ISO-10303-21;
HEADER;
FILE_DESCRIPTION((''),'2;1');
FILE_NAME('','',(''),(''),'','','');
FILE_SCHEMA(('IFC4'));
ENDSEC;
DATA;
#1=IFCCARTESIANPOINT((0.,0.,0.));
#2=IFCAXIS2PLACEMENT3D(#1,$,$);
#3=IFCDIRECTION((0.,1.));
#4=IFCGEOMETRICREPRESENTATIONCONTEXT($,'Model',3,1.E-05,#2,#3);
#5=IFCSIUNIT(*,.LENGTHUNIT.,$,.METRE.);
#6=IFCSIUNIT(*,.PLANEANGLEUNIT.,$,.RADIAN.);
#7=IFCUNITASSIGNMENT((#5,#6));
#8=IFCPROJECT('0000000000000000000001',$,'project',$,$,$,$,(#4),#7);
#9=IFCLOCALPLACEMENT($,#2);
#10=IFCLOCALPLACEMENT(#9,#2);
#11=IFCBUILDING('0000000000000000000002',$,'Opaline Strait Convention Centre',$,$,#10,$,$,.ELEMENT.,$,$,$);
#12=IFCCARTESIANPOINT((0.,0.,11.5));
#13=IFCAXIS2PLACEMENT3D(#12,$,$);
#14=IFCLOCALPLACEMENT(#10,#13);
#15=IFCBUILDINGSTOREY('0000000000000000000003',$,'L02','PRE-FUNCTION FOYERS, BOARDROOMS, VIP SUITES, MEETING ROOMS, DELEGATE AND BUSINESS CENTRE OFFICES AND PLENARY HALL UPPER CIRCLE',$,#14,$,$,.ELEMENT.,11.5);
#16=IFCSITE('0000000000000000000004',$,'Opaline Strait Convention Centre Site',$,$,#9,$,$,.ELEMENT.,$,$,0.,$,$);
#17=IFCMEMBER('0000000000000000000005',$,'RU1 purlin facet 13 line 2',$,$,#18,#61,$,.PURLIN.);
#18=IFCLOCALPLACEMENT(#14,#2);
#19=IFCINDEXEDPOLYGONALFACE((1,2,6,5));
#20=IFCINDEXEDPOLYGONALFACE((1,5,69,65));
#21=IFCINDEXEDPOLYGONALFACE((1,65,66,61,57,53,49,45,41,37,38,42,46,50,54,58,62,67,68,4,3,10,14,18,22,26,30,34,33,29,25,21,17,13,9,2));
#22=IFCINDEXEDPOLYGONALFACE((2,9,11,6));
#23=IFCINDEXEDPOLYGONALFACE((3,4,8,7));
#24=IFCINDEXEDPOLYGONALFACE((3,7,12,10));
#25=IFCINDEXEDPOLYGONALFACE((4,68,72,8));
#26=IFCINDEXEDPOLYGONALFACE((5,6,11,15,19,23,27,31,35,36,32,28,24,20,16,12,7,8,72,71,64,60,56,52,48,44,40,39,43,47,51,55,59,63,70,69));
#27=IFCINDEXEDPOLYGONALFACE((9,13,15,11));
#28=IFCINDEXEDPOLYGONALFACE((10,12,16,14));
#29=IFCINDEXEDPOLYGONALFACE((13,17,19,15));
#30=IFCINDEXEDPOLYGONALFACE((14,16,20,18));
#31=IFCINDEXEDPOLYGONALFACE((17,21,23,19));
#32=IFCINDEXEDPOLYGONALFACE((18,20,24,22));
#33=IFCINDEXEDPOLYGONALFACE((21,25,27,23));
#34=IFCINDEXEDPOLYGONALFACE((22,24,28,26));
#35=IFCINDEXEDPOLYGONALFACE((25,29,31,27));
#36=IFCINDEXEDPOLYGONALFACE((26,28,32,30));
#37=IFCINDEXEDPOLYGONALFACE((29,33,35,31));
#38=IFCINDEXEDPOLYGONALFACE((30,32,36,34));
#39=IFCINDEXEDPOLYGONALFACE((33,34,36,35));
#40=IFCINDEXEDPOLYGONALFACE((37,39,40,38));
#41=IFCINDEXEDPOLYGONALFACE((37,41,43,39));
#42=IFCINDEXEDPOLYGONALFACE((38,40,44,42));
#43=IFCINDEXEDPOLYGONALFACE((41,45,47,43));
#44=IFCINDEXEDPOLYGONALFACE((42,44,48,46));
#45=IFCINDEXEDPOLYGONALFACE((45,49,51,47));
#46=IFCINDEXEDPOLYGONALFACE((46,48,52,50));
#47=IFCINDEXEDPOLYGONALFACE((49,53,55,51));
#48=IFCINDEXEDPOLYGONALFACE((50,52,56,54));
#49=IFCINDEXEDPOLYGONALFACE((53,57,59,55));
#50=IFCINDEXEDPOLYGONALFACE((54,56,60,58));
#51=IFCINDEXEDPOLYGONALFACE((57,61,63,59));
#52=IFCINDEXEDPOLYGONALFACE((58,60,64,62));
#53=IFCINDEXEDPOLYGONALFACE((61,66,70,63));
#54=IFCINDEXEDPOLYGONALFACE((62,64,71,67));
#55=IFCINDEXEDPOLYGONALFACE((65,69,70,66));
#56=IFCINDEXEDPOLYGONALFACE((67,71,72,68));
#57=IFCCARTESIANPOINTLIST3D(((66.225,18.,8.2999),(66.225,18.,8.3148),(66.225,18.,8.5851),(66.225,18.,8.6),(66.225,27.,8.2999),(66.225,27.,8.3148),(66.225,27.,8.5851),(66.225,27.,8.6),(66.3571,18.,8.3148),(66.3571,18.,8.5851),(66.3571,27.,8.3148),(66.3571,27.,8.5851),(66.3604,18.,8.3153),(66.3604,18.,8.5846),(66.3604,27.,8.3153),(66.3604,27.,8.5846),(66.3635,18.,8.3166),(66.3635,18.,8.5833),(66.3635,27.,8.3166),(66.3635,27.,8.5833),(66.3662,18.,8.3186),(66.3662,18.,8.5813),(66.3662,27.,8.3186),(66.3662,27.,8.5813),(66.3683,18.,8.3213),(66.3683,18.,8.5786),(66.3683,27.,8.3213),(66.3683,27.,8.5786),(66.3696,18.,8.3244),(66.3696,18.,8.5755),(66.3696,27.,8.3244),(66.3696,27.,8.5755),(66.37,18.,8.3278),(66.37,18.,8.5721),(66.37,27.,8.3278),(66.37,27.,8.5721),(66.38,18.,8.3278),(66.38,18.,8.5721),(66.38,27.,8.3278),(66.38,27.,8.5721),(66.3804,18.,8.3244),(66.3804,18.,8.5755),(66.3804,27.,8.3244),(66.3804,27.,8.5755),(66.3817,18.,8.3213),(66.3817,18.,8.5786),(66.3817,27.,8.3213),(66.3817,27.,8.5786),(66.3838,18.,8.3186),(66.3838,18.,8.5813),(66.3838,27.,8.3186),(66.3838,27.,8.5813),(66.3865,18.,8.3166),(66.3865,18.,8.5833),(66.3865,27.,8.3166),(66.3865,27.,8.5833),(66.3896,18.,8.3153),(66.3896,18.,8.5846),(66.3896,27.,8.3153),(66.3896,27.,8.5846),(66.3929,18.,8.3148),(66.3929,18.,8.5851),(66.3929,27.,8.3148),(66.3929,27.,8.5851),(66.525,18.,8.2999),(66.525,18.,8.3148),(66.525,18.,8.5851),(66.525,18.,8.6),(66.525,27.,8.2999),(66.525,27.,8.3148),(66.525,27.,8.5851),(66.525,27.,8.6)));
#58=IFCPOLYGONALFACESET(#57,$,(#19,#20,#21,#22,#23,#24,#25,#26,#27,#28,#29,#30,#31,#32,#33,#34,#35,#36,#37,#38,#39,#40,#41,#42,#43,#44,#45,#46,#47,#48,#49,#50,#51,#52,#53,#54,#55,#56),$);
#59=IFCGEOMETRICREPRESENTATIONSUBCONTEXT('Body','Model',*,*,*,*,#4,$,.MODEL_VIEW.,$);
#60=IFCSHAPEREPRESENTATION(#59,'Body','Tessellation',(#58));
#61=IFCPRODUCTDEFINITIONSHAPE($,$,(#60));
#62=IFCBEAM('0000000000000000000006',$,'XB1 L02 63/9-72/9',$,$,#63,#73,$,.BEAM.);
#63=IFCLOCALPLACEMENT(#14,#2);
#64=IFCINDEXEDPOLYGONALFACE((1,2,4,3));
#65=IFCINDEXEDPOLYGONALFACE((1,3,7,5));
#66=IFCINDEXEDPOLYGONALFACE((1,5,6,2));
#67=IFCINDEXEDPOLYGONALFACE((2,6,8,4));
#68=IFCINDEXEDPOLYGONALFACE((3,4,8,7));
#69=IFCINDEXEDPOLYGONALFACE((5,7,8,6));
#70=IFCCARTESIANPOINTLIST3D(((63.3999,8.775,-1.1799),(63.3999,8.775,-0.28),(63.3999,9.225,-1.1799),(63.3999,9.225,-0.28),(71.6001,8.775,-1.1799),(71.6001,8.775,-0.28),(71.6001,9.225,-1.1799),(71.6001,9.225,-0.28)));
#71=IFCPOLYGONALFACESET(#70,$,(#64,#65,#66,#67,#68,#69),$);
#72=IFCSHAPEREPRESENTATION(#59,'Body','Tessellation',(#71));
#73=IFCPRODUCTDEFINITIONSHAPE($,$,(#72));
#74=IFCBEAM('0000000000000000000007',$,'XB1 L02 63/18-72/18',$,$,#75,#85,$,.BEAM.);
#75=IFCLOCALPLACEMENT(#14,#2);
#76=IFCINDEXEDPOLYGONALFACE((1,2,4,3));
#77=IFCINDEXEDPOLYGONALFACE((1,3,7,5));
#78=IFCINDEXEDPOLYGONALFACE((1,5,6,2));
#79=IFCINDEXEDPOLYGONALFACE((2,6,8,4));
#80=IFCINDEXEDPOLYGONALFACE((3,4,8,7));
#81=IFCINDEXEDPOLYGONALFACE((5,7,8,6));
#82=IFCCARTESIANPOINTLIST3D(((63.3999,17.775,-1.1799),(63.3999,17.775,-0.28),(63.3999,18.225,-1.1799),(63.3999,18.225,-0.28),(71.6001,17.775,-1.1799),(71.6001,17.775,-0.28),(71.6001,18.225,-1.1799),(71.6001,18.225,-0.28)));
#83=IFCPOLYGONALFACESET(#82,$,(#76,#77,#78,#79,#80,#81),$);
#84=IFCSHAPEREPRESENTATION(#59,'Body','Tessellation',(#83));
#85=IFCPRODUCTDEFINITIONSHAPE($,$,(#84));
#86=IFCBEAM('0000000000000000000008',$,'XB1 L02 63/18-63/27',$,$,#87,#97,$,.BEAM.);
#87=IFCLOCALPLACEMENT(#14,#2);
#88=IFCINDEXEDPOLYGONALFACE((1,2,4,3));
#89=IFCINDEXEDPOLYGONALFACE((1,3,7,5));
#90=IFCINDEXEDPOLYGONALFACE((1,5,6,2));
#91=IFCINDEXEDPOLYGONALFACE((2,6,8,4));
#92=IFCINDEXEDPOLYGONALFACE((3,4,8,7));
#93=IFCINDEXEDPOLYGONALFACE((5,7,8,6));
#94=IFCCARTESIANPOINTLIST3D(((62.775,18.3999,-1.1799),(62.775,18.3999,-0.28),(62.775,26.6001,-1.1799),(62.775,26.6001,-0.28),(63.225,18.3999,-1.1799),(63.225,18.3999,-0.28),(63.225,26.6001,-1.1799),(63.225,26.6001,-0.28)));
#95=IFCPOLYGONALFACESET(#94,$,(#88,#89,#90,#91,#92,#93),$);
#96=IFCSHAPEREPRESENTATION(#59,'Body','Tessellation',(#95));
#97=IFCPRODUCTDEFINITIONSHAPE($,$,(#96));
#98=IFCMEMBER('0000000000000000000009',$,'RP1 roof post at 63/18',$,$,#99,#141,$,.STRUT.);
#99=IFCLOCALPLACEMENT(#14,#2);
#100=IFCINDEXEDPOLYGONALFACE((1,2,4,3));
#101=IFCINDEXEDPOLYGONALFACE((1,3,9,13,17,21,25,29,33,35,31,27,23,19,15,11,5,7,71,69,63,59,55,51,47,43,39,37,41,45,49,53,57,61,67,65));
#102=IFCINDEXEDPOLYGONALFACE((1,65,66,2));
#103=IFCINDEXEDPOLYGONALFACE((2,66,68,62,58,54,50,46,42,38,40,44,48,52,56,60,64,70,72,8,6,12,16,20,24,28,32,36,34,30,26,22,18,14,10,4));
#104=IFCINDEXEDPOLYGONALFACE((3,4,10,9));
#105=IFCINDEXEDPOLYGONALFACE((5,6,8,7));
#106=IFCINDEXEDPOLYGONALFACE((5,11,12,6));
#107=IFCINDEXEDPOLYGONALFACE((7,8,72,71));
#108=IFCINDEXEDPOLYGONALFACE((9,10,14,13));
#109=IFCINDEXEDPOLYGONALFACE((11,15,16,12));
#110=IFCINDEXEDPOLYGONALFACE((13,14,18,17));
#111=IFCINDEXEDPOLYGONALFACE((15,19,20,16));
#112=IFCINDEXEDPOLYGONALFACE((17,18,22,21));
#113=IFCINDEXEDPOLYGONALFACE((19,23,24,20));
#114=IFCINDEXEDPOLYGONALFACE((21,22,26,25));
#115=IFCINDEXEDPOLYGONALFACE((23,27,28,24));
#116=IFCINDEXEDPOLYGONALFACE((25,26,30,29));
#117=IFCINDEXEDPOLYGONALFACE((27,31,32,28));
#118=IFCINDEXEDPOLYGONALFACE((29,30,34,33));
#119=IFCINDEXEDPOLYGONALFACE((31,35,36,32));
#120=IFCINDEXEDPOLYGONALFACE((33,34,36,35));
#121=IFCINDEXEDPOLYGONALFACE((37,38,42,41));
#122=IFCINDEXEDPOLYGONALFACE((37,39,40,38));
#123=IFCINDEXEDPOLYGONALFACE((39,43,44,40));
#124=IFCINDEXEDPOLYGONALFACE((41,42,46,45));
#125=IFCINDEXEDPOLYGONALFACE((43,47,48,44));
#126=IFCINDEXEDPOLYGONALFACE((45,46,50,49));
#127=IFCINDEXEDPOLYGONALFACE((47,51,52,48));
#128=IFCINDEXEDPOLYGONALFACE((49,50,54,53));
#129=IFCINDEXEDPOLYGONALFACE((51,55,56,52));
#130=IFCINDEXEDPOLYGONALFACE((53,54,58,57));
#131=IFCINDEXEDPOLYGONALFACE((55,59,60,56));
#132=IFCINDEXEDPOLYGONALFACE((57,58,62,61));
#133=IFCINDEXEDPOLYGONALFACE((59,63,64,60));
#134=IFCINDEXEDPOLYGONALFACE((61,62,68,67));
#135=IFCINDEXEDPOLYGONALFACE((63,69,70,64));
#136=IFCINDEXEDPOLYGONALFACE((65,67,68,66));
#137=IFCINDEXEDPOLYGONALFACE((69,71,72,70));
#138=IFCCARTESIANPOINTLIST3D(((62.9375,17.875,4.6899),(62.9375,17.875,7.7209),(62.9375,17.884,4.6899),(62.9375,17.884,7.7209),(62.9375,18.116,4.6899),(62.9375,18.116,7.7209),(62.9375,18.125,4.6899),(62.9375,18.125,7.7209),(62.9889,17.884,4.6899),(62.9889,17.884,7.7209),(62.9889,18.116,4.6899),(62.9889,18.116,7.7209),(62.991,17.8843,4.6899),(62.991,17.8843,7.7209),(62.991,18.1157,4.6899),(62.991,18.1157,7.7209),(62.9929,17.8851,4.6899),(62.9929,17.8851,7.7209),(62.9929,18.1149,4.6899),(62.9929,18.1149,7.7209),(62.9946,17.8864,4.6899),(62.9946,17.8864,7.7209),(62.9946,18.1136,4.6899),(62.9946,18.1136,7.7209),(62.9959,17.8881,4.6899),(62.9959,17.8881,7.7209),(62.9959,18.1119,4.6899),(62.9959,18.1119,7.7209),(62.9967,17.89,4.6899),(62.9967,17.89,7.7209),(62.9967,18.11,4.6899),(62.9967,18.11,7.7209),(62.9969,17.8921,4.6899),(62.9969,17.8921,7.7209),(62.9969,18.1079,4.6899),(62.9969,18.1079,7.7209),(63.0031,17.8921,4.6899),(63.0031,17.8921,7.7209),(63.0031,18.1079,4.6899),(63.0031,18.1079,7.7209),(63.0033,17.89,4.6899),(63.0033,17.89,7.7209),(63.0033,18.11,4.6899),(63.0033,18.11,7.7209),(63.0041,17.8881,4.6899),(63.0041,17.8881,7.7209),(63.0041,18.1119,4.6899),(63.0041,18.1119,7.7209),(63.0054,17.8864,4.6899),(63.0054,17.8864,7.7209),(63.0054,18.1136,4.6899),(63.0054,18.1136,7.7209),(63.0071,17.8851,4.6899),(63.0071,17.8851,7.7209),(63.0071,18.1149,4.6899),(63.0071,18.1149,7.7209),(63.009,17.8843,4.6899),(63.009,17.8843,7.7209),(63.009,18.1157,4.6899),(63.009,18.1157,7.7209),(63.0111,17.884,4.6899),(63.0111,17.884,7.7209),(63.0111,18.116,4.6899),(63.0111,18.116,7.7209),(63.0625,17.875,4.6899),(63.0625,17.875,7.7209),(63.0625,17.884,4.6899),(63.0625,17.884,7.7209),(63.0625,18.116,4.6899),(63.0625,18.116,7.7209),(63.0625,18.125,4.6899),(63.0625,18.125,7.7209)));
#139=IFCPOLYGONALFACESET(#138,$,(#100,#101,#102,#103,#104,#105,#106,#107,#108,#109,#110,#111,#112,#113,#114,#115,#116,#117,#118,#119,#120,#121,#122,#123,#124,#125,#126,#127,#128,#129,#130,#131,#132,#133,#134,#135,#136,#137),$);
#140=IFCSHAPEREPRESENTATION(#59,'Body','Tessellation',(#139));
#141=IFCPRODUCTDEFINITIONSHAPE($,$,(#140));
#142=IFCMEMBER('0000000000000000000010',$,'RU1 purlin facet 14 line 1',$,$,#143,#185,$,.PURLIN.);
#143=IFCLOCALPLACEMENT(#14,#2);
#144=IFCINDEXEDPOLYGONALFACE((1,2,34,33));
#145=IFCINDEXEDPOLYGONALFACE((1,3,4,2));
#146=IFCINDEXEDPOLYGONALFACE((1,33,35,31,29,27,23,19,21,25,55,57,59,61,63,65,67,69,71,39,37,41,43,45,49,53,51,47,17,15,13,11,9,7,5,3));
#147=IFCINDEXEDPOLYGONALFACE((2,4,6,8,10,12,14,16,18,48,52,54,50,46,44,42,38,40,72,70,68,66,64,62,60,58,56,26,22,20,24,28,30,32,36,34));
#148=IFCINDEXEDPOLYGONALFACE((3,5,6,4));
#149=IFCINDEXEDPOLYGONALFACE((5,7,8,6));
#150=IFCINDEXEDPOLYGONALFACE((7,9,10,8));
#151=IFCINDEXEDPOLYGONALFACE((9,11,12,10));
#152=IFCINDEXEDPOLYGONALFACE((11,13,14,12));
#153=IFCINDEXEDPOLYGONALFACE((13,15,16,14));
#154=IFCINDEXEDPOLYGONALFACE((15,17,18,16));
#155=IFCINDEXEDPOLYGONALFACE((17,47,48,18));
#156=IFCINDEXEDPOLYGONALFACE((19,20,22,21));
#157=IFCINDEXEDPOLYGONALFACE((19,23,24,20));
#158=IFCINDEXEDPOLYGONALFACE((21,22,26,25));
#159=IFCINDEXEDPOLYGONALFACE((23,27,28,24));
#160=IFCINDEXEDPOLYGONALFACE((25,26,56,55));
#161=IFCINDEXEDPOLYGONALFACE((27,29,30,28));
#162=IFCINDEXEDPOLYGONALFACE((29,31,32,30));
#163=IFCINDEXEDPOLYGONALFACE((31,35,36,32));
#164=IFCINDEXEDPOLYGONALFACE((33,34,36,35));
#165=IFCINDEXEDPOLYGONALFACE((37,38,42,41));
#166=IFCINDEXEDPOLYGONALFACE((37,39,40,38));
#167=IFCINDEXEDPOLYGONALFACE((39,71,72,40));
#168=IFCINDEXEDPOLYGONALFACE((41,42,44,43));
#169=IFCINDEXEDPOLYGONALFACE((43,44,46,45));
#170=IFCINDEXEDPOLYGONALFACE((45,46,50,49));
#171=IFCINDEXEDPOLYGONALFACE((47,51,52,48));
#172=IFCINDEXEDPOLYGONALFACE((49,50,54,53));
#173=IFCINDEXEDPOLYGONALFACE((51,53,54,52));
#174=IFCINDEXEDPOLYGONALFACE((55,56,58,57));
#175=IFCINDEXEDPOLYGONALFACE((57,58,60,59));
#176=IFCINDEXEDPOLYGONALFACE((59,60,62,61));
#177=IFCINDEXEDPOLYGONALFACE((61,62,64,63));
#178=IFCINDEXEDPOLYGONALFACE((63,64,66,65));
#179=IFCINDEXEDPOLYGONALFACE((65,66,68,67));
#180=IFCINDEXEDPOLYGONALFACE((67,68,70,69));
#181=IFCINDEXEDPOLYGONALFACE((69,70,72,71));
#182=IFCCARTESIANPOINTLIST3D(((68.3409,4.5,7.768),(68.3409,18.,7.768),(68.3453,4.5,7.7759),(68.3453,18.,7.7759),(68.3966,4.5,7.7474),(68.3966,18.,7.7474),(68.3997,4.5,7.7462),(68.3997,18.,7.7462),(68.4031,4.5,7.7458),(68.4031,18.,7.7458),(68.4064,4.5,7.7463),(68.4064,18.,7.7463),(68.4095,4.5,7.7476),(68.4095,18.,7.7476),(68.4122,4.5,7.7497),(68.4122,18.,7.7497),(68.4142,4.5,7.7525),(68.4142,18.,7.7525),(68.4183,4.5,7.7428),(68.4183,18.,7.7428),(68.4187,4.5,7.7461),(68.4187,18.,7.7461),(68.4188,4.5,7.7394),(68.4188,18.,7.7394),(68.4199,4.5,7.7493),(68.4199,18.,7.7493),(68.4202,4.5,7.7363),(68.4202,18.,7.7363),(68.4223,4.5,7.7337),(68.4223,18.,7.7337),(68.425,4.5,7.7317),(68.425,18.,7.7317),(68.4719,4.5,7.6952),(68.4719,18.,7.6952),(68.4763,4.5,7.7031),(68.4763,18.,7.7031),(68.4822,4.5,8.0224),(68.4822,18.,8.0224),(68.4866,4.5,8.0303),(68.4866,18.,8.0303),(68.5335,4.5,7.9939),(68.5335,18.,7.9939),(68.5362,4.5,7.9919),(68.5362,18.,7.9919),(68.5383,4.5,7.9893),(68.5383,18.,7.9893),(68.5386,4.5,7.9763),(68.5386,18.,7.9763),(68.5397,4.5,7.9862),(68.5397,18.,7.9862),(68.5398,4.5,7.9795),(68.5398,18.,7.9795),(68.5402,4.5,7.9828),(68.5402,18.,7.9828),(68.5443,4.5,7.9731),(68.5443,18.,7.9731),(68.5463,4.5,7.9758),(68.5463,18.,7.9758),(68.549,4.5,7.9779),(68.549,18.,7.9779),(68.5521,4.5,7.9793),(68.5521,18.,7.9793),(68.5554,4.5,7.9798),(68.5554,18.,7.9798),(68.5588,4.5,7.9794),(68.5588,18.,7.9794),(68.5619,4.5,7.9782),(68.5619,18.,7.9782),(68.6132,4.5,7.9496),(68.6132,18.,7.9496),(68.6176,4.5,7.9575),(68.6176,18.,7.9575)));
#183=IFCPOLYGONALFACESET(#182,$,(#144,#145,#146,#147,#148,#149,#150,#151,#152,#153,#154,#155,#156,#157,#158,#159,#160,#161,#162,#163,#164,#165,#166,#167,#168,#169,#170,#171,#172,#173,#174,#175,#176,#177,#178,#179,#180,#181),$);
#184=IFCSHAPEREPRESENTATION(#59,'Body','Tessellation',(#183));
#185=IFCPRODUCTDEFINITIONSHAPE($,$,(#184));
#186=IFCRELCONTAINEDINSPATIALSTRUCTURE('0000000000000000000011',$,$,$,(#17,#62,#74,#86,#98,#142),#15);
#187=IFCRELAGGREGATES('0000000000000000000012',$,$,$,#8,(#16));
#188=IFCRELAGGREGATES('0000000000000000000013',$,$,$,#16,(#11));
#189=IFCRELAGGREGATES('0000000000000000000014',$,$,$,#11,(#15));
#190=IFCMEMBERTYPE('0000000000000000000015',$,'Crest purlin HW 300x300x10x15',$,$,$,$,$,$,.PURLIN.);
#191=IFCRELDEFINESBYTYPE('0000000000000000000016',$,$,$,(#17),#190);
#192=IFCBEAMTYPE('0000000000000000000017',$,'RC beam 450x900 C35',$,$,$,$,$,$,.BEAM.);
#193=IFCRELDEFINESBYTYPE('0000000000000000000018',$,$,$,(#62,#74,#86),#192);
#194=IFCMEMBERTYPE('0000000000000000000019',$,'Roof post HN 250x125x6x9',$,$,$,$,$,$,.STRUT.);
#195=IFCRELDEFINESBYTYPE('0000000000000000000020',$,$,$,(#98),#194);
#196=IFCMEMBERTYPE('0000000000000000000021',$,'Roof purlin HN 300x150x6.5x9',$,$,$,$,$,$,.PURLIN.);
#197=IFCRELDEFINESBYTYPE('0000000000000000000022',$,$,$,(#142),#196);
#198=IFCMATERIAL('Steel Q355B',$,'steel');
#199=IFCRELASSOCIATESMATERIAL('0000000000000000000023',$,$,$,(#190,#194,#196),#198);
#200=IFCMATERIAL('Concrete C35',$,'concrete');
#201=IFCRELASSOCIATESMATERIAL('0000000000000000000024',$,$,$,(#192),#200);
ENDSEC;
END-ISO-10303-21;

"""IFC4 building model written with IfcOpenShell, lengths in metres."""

from ifc_helpers import new_model, si_unit, direction, frame, origin, origin_2d, place, context, subcontext, project, spatial, rectangle, i_section, extrude, material, material_profile, profile_set, type_object, element, save


model = new_model("IFC4")

# Units and contexts
model_context = context("Model", 3, precision=1e-05, world=origin(), true_north=direction((0.0, 1.0)))
body_context = subcontext(model_context, "Body", "Model", "MODEL_VIEW")
ifc_project = project(units=[si_unit("LENGTHUNIT", "METRE"), si_unit("PLANEANGLEUNIT", "RADIAN")], contexts=[model_context])

# Site, building, storey
site_placement = place(None, origin())
site = spatial("IfcSite", under=ifc_project, at=site_placement, Name="Opaline Strait Convention Centre Site", CompositionType="ELEMENT", RefElevation=0.0)
building_placement = place(site_placement, origin())
building = spatial("IfcBuilding", under=site, at=building_placement, Name="Opaline Strait Convention Centre", CompositionType="ELEMENT")
storey_placement = place(building_placement, frame((0.0, 0.0, 11.5)))
storey = spatial("IfcBuildingStorey", under=building, at=storey_placement, Name="L02", Description="PRE-FUNCTION FOYERS, BOARDROOMS, VIP SUITES, MEETING ROOMS, DELEGATE AND BUSINESS CENTRE OFFICES AND PLENARY HALL UPPER CIRCLE", CompositionType="ELEMENT", Elevation=11.5)

# Member
ifc_material_1 = material(Name="Steel Q355B", Category="steel")
ifc_material_profile_1 = material_profile(ifc_material_1, i_section(OverallWidth=0.3, OverallDepth=0.3, WebThickness=0.01, FlangeThickness=0.0149, FilletRadius=0.0129, at=origin_2d()), Name="HW 300x300x10x15")
ifc_profile_set_1 = profile_set([ifc_material_profile_1], Name="Steel Q355B")
member_type_1 = type_object("IfcMemberType", Name="Crest purlin HW 300x300x10x15", PredefinedType="PURLIN", material=ifc_profile_set_1)
member_1_placement = place(storey_placement, frame((66.375, 18.0, 8.45), z_axis=(0.0, 1.0, 0.0), x_axis=(-1.0, 0.0, 0.0)))
element("IfcMember", 1, at=member_1_placement, inside=storey, type_object=member_type_1, Name="RU1 purlin facet 13 line 2", PredefinedType="PURLIN", context=body_context, shape_type="SweptSolid", body=[
    extrude(i_section(OverallWidth=0.3, OverallDepth=0.3, WebThickness=0.01, FlangeThickness=0.0149, FilletRadius=0.0129, at=origin_2d()), origin(), (0.0, 0.0, 1.0), 9.0),
])

# Beams
ifc_material_2 = material(Name="Concrete C35", Category="concrete")
ifc_material_profile_2 = material_profile(ifc_material_2, rectangle(XDim=0.45, YDim=0.8999, at=origin_2d()), Name="RC 450x900")
ifc_profile_set_2 = profile_set([ifc_material_profile_2], Name="Concrete C35")
beam_type = type_object("IfcBeamType", Name="RC beam 450x900 C35", PredefinedType="BEAM", material=ifc_profile_set_2)
for number, where, z_axis, x_axis, name in (
    (2, (63.3999, 9.0, -0.73), (1.0, 0.0, 0.0), (0.0, 1.0, 0.0), "XB1 L02 63/9-72/9"),
    (3, (63.3999, 18.0, -0.73), (1.0, 0.0, 0.0), (0.0, 1.0, 0.0), "XB1 L02 63/18-72/18"),
    (4, (63.0, 18.3999, -0.73), (0.0, 1.0, 0.0), (-1.0, 0.0, 0.0), "XB1 L02 63/18-63/27"),
):
    element("IfcBeam", number, at=place(storey_placement, frame(where, z_axis=z_axis, x_axis=x_axis)), inside=storey, type_object=beam_type, Name=name, PredefinedType="BEAM", context=body_context, shape_type="SweptSolid", body=[
        extrude(rectangle(XDim=0.45, YDim=0.8999, at=origin_2d()), origin(), (0.0, 0.0, 1.0), 8.2002),
    ])

# Members
ifc_material_profile_3 = material_profile(ifc_material_1, i_section(OverallWidth=0.125, OverallDepth=0.25, WebThickness=0.0061, FlangeThickness=0.009, FilletRadius=0.0081, at=origin_2d()), Name="HN 250x125x6x9")
ifc_profile_set_3 = profile_set([ifc_material_profile_3], Name="Steel Q355B")
member_type_2 = type_object("IfcMemberType", Name="Roof post HN 250x125x6x9", PredefinedType="STRUT", material=ifc_profile_set_3)
member_2_placement = place(storey_placement, frame((63.0, 18.0, 4.6899), z_axis=(0.0, 0.0, 1.0), x_axis=(1.0, 0.0, 0.0)))
element("IfcMember", 5, at=member_2_placement, inside=storey, type_object=member_type_2, Name="RP1 roof post at 63/18", PredefinedType="STRUT", context=body_context, shape_type="SweptSolid", body=[
    extrude(i_section(OverallWidth=0.125, OverallDepth=0.25, WebThickness=0.0061, FlangeThickness=0.009, FilletRadius=0.0081, at=origin_2d()), origin(), (0.0, 0.0, 1.0), 3.031),
])
ifc_material_profile_4 = material_profile(ifc_material_1, i_section(OverallWidth=0.1499, OverallDepth=0.3, WebThickness=0.0066, FlangeThickness=0.009, FilletRadius=0.0129, at=origin_2d()), Name="HN 300x150x6.5x9")
ifc_profile_set_4 = profile_set([ifc_material_profile_4], Name="Steel Q355B")
member_type_3 = type_object("IfcMemberType", Name="Roof purlin HN 300x150x6.5x9", PredefinedType="PURLIN", material=ifc_profile_set_4)
member_3_placement = place(storey_placement, frame((68.4792, 4.5, 7.8628), z_axis=(0.0, 1.0, 0.0), x_axis=(-0.874157, 0.0, 0.485643)))
element("IfcMember", 6, at=member_3_placement, inside=storey, type_object=member_type_3, Name="RU1 purlin facet 14 line 1", PredefinedType="PURLIN", context=body_context, shape_type="SweptSolid", body=[
    extrude(i_section(OverallWidth=0.1499, OverallDepth=0.3, WebThickness=0.0066, FlangeThickness=0.009, FilletRadius=0.0129, at=origin_2d()), origin(), (0.0, 0.0, 1.0), 13.5),
])

save(model, "model.ifc")
